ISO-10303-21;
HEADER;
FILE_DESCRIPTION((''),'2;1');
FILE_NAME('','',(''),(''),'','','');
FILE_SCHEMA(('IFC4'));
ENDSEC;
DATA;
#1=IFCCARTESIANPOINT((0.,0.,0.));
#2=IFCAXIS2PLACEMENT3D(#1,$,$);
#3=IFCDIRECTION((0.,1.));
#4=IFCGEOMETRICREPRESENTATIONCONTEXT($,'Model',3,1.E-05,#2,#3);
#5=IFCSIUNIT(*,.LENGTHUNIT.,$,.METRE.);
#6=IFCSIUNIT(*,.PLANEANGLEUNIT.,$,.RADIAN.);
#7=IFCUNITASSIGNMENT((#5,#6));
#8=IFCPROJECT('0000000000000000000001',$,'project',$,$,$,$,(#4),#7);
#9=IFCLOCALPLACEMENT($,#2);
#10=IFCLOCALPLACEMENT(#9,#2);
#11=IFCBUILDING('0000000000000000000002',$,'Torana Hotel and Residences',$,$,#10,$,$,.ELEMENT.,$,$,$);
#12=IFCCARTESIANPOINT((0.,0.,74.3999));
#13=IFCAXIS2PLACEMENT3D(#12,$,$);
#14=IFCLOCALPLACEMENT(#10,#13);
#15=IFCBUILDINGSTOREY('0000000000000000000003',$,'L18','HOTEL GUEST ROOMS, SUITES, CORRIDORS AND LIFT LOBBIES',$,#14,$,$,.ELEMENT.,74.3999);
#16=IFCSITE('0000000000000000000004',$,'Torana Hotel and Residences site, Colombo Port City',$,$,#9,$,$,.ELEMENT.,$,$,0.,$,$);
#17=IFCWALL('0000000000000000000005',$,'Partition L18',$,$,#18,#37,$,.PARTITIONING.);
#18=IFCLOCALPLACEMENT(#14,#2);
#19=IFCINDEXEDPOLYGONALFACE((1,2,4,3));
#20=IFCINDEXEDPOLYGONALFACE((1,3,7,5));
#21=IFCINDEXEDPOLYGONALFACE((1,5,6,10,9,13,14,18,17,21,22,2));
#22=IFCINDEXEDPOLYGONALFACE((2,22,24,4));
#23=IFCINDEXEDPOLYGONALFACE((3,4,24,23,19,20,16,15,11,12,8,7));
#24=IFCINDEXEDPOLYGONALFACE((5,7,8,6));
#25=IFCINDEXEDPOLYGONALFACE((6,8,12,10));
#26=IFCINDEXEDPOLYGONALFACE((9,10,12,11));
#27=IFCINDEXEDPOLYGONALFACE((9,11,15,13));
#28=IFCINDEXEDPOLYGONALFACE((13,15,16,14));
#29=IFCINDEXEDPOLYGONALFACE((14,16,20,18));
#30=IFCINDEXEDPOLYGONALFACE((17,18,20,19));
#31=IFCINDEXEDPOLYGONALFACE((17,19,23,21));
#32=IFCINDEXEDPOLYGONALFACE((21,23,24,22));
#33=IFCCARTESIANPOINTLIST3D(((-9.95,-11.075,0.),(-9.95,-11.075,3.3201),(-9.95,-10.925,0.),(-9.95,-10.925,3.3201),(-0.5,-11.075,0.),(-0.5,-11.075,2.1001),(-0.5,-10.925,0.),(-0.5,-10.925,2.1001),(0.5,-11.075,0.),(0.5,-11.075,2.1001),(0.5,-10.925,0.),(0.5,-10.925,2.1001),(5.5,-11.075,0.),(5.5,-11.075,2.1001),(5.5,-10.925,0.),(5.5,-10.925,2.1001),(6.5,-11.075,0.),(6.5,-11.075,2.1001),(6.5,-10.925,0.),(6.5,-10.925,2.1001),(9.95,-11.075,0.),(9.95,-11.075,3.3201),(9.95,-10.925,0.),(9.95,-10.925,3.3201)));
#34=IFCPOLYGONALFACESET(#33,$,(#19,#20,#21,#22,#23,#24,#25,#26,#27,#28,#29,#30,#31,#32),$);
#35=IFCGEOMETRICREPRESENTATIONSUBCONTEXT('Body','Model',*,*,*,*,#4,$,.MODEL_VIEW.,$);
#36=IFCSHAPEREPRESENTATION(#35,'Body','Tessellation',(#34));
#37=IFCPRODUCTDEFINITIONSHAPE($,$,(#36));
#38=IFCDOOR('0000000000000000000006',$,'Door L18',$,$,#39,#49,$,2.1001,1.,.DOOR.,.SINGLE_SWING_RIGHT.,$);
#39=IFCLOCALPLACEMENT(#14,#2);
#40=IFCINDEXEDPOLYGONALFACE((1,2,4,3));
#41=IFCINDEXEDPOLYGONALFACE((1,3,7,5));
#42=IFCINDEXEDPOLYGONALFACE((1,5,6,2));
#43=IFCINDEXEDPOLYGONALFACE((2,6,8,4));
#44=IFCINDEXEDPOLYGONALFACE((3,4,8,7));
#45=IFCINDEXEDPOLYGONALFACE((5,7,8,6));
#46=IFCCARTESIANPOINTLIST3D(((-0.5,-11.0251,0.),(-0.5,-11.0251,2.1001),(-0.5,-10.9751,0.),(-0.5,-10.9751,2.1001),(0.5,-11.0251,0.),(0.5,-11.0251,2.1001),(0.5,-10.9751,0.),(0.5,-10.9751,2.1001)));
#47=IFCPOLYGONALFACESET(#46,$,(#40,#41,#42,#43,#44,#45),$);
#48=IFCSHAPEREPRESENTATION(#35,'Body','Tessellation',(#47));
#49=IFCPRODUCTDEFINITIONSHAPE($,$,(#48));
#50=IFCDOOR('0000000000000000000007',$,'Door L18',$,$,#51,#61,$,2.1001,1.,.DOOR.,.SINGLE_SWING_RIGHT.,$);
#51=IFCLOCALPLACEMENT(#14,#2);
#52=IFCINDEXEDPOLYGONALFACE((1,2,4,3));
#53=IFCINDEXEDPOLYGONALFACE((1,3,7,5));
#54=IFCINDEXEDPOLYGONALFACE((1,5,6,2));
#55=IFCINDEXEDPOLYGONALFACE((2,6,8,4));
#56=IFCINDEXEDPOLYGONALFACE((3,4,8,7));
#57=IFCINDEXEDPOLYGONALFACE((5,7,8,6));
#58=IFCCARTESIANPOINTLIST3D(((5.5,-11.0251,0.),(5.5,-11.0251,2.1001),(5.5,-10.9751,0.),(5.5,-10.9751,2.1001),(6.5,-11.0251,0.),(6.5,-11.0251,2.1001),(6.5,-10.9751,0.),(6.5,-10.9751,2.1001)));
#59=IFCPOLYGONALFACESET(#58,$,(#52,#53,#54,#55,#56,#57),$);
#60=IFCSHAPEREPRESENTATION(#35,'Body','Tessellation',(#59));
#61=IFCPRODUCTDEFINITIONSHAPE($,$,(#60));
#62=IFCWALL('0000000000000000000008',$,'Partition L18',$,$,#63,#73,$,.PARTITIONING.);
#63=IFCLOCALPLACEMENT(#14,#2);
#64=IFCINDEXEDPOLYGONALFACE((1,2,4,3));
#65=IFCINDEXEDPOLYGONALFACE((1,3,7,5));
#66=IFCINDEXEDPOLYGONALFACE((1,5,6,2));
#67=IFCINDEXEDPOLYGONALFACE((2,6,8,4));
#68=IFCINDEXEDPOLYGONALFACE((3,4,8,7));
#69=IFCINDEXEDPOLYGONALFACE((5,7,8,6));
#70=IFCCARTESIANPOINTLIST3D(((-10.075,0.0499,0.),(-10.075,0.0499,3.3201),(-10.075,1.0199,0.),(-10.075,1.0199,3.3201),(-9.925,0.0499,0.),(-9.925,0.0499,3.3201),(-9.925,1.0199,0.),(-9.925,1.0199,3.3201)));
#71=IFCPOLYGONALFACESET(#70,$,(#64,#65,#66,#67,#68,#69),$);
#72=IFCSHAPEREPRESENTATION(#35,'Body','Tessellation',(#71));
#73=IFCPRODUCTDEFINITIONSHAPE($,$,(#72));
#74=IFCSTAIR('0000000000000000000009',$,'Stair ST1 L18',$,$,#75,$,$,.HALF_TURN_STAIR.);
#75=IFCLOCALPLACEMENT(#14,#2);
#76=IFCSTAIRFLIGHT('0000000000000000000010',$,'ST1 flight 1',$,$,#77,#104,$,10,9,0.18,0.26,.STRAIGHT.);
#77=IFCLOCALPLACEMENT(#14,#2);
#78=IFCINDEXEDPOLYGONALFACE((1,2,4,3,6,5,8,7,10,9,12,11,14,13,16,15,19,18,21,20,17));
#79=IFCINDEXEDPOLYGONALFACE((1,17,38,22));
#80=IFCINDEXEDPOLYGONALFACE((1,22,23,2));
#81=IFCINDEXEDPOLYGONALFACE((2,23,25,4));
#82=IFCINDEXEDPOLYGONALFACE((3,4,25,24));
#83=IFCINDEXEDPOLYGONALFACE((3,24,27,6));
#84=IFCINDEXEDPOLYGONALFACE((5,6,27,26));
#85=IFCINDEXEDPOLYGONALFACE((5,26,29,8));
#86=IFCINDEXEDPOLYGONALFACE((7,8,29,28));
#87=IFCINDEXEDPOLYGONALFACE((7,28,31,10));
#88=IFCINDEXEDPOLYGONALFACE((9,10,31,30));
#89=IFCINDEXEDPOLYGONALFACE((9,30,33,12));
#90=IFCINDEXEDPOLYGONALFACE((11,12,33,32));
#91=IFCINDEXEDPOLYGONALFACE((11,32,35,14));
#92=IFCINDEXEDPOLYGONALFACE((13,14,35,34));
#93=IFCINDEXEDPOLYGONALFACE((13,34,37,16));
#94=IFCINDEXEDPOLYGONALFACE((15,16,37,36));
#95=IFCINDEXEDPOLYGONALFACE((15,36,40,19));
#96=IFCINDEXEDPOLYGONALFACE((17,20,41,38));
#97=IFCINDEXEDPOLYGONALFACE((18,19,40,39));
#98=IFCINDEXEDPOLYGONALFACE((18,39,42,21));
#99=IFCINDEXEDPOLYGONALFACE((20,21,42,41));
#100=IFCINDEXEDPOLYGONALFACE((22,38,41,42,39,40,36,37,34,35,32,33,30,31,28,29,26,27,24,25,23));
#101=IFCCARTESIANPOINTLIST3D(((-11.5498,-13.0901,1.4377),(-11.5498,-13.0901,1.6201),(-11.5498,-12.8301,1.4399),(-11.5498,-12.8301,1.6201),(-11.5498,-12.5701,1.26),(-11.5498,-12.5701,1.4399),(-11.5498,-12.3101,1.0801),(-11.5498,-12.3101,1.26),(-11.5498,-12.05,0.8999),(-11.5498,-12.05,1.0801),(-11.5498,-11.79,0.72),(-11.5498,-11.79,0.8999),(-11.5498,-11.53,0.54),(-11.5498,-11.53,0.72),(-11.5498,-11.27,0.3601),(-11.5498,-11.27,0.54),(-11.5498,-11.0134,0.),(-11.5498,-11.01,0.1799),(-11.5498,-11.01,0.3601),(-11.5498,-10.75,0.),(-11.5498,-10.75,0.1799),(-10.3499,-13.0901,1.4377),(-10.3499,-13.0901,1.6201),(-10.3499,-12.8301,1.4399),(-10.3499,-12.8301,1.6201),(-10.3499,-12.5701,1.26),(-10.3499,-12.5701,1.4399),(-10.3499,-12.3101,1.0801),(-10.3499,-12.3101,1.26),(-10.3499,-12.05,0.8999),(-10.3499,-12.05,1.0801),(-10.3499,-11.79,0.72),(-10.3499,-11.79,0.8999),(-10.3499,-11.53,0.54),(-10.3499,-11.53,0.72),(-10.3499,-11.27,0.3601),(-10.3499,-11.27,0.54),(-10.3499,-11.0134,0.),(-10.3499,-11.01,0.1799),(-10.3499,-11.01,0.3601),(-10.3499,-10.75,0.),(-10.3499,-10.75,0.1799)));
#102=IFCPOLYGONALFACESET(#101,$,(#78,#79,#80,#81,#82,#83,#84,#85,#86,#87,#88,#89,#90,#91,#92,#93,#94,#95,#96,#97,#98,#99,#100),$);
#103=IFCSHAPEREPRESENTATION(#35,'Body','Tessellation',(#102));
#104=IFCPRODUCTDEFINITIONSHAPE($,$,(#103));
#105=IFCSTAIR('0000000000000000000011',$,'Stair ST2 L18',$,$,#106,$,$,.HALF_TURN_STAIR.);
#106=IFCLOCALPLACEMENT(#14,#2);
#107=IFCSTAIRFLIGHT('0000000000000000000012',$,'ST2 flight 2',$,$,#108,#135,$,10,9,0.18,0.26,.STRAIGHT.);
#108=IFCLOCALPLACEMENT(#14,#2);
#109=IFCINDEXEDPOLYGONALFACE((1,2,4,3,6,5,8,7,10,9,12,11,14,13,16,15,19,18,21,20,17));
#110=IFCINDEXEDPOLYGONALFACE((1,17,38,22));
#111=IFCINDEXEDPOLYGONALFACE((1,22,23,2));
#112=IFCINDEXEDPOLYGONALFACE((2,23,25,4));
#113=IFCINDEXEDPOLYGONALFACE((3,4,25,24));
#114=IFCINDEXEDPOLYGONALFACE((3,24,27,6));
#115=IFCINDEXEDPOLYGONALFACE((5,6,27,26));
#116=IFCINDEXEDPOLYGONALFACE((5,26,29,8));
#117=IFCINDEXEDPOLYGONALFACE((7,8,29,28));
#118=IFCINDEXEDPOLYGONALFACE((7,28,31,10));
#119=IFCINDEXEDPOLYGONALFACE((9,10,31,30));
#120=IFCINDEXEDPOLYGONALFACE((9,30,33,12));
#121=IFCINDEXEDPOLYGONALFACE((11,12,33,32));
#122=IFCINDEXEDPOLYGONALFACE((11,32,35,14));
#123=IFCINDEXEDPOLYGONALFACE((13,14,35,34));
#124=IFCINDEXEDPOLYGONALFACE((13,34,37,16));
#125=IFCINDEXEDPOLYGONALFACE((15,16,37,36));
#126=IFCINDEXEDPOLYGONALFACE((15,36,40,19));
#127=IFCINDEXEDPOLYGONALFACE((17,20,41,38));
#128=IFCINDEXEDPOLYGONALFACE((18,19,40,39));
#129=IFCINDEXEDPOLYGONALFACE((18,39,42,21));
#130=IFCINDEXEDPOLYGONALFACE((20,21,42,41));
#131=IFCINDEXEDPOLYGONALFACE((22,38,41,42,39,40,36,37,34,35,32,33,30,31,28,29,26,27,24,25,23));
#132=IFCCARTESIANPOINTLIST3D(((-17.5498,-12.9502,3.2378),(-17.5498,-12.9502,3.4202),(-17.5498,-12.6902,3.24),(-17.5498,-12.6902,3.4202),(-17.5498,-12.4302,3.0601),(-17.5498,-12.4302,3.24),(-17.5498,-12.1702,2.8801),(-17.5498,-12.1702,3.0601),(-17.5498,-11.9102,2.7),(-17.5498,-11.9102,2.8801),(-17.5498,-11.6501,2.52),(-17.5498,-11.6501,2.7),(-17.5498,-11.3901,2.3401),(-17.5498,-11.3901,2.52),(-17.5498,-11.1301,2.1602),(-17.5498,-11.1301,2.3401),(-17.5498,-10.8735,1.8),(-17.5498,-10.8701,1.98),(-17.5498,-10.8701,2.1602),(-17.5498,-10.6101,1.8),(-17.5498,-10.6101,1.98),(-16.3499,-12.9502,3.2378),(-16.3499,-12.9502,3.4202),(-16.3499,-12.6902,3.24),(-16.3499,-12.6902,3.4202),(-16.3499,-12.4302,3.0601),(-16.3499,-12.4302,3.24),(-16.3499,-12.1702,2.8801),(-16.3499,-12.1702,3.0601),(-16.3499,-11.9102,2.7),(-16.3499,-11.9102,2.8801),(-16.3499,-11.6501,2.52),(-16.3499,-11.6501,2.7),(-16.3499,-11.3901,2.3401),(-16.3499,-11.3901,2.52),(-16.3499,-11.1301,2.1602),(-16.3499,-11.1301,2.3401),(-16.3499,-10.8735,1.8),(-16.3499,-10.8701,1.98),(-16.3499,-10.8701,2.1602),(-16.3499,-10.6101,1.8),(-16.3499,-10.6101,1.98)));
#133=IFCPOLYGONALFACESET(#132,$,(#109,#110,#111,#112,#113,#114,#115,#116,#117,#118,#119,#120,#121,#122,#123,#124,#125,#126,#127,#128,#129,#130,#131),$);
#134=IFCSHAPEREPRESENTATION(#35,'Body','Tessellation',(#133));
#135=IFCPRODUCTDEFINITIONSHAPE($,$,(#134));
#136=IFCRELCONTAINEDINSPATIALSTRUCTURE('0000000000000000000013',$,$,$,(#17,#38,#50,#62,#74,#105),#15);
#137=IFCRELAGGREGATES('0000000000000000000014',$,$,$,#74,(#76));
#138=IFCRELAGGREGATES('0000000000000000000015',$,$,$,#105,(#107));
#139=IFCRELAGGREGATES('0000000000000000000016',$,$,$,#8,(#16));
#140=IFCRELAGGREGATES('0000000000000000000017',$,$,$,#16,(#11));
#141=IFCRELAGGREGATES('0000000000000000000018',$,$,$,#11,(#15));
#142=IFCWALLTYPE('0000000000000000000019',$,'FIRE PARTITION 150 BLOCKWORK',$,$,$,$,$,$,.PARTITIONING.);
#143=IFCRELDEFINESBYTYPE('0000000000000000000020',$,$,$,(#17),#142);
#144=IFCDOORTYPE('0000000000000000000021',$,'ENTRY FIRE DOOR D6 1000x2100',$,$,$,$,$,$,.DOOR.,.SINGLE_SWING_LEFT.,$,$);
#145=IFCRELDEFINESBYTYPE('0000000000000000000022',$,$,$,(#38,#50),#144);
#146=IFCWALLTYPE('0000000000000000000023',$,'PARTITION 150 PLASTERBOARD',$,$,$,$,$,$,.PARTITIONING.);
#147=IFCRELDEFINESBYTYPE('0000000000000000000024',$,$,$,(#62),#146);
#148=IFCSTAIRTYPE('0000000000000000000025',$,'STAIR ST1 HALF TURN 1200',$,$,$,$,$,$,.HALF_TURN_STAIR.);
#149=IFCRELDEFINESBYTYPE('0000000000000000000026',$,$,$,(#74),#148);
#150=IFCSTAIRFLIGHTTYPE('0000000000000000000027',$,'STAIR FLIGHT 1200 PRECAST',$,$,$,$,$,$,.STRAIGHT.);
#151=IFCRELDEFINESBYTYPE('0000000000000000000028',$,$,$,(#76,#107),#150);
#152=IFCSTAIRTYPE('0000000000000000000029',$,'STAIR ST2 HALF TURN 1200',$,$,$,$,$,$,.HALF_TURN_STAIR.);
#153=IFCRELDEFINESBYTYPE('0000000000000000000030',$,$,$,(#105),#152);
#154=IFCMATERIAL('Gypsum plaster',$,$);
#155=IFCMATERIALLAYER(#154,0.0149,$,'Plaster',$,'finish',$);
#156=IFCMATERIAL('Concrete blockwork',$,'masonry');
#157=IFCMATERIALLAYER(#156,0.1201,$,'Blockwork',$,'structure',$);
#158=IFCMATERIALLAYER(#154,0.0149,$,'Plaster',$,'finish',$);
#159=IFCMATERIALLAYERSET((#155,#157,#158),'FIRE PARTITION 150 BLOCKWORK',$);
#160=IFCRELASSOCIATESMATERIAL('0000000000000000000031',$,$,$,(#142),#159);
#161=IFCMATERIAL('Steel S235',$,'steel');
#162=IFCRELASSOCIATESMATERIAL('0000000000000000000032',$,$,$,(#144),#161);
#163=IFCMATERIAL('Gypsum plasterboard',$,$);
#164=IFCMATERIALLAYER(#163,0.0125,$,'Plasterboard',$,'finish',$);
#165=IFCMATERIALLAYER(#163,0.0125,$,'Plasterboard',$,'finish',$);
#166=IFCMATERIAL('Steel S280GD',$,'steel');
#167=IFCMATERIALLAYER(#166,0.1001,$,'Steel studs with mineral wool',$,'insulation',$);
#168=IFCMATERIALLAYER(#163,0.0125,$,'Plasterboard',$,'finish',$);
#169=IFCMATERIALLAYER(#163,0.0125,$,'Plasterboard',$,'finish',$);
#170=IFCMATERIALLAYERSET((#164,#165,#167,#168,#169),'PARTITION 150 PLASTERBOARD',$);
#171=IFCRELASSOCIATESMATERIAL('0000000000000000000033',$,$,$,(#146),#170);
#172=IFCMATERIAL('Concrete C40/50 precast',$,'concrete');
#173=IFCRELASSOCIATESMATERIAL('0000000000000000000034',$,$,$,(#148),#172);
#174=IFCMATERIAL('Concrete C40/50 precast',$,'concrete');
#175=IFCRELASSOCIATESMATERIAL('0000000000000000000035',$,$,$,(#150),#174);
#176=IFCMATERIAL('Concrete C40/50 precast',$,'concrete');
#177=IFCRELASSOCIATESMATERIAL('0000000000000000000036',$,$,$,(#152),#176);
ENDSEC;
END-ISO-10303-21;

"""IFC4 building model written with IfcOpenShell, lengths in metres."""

from ifc_helpers import new_model, si_unit, direction, frame, frame_2d, origin, place, context, subcontext, project, spatial, polyline, rectangle, outline, extrude, material, layer, layer_set, type_object, element, fill, aggregate, save


model = new_model("IFC4")

# Units and contexts
model_context = context("Model", 3, precision=1e-05, world=origin(), true_north=direction((0.0, 1.0)))
body_context = subcontext(model_context, "Body", "Model", "MODEL_VIEW")
ifc_project = project(units=[si_unit("LENGTHUNIT", "METRE"), si_unit("PLANEANGLEUNIT", "RADIAN")], contexts=[model_context])

# Site, building, storey
site_placement = place(None, origin())
site = spatial("IfcSite", under=ifc_project, at=site_placement, Name="Torana Hotel and Residences site, Colombo Port City", CompositionType="ELEMENT", RefElevation=0.0)
building_placement = place(site_placement, origin())
building = spatial("IfcBuilding", under=site, at=building_placement, Name="Torana Hotel and Residences", CompositionType="ELEMENT")
storey_placement = place(building_placement, frame((0.0, 0.0, 74.3999)))
storey = spatial("IfcBuildingStorey", under=building, at=storey_placement, Name="L18", Description="HOTEL GUEST ROOMS, SUITES, CORRIDORS AND LIFT LOBBIES", CompositionType="ELEMENT", Elevation=74.3999)

# Shared definitions
ifc_material_1 = material(Name="Gypsum plaster")
ifc_layer_1 = layer(ifc_material_1, 0.0149, Name="Plaster", Category="finish")
ifc_material_2 = material(Name="Concrete blockwork", Category="masonry")
ifc_layer_2 = layer(ifc_material_2, 0.1201, Name="Blockwork", Category="structure")
ifc_layer_3 = layer(ifc_material_1, 0.0149, Name="Plaster", Category="finish")
ifc_layer_set_1 = layer_set([ifc_layer_1, ifc_layer_2, ifc_layer_3], Name="FIRE PARTITION 150 BLOCKWORK")
wall_type_1 = type_object("IfcWallType", Name="FIRE PARTITION 150 BLOCKWORK", PredefinedType="PARTITIONING", material=ifc_layer_set_1)

# Wall, openings, doors
wall_1_placement = place(storey_placement, frame((-9.95, -11.0, 0.0), z_axis=(0.0, 0.0, 1.0), x_axis=(1.0, 0.0, 0.0)))
wall_1 = element("IfcWall", 1, at=wall_1_placement, inside=storey, type_object=wall_type_1, Name="Partition L18", PredefinedType="PARTITIONING", context=body_context, shape_type="SweptSolid", body=[
    extrude(rectangle(XDim=19.8999, YDim=0.1499, at=frame_2d((9.95, 0.0))), origin(), (0.0, 0.0, 1.0), 3.3201),
])
opening_1_placement = place(wall_1_placement, frame((9.45, 0.0, 0.0)))
opening_1 = element("IfcOpeningElement", 2, at=opening_1_placement, cuts=wall_1, PredefinedType="OPENING", context=body_context, shape_type="SweptSolid", body=[
    extrude(rectangle(XDim=1.0, YDim=2.1001, at=frame_2d((0.5, 1.05))), frame((0.0, 0.085, 0.0), z_axis=(0.0, -1.0, 0.0), x_axis=(1.0, 0.0, 0.0)), (0.0, 0.0, 1.0), 0.1699),
])
opening_2_placement = place(wall_1_placement, frame((15.45, 0.0, 0.0)))
opening_2 = element("IfcOpeningElement", 3, at=opening_2_placement, cuts=wall_1, PredefinedType="OPENING", context=body_context, shape_type="SweptSolid", body=[
    extrude(rectangle(XDim=1.0, YDim=2.1001, at=frame_2d((0.5, 1.05))), frame((0.0, 0.085, 0.0), z_axis=(0.0, -1.0, 0.0), x_axis=(1.0, 0.0, 0.0)), (0.0, 0.0, 1.0), 0.1699),
])
ifc_material_3 = material(Name="Steel S235", Category="steel")
door_type = type_object("IfcDoorType", Name="ENTRY FIRE DOOR D6 1000x2100", OperationType="SINGLE_SWING_LEFT", PredefinedType="DOOR", material=ifc_material_3)
door_1_placement = place(opening_1_placement, origin())
door_1 = element("IfcDoor", 4, at=door_1_placement, inside=storey, type_object=door_type, Name="Door L18", OperationType="SINGLE_SWING_RIGHT", OverallHeight=2.1001, OverallWidth=1.0, PredefinedType="DOOR", context=body_context, shape_type="SweptSolid", body=[
    extrude(rectangle(XDim=1.0, YDim=2.1001, at=frame_2d((0.5, 1.05))), frame((0.0, 0.0249, 0.0), z_axis=(0.0, -1.0, 0.0), x_axis=(1.0, 0.0, 0.0)), (0.0, 0.0, 1.0), 0.05),
])
fill(opening_1, door_1)
door_2_placement = place(opening_2_placement, origin())
door_2 = element("IfcDoor", 5, at=door_2_placement, inside=storey, type_object=door_type, Name="Door L18", OperationType="SINGLE_SWING_RIGHT", OverallHeight=2.1001, OverallWidth=1.0, PredefinedType="DOOR", context=body_context, shape_type="SweptSolid", body=[
    extrude(rectangle(XDim=1.0, YDim=2.1001, at=frame_2d((0.5, 1.05))), frame((0.0, 0.0249, 0.0), z_axis=(0.0, -1.0, 0.0), x_axis=(1.0, 0.0, 0.0)), (0.0, 0.0, 1.0), 0.05),
])
fill(opening_2, door_2)

# Wall
ifc_material_4 = material(Name="Gypsum plasterboard")
ifc_layer_4 = layer(ifc_material_4, 0.0125, Name="Plasterboard", Category="finish")
ifc_layer_5 = layer(ifc_material_4, 0.0125, Name="Plasterboard", Category="finish")
ifc_material_5 = material(Name="Steel S280GD", Category="steel")
ifc_layer_6 = layer(ifc_material_5, 0.1001, Name="Steel studs with mineral wool", Category="insulation")
ifc_layer_7 = layer(ifc_material_4, 0.0125, Name="Plasterboard", Category="finish")
ifc_layer_8 = layer(ifc_material_4, 0.0125, Name="Plasterboard", Category="finish")
ifc_layer_set_2 = layer_set([ifc_layer_4, ifc_layer_5, ifc_layer_6, ifc_layer_7, ifc_layer_8], Name="PARTITION 150 PLASTERBOARD")
wall_type_2 = type_object("IfcWallType", Name="PARTITION 150 PLASTERBOARD", PredefinedType="PARTITIONING", material=ifc_layer_set_2)
wall_2_placement = place(storey_placement, frame((-10.0, 0.05, 0.0), z_axis=(0.0, 0.0, 1.0), x_axis=(0.0, 1.0, 0.0)))
element("IfcWall", 6, at=wall_2_placement, inside=storey, type_object=wall_type_2, Name="Partition L18", PredefinedType="PARTITIONING", context=body_context, shape_type="SweptSolid", body=[
    extrude(rectangle(XDim=0.97, YDim=0.1499, at=frame_2d((0.4849, 0.0))), origin(), (0.0, 0.0, 1.0), 3.3201),
])

# Stairs, stair flights
ifc_material_6 = material(Name="Concrete C40/50 precast", Category="concrete")
stair_type_1 = type_object("IfcStairType", Name="STAIR ST1 HALF TURN 1200", PredefinedType="HALF_TURN_STAIR", material=ifc_material_6)
stair_1_placement = place(storey_placement, origin())
stair_1 = element("IfcStair", 7, at=stair_1_placement, inside=storey, type_object=stair_type_1, Name="Stair ST1 L18", PredefinedType="HALF_TURN_STAIR")
ifc_material_7 = material(Name="Concrete C40/50 precast", Category="concrete")
stair_flight_type = type_object("IfcStairFlightType", Name="STAIR FLIGHT 1200 PRECAST", PredefinedType="STRAIGHT", material=ifc_material_7)
stair_flight_1_placement = place(storey_placement, frame((-10.95, -10.75, 0.0), z_axis=(0.0, 0.0, 1.0), x_axis=(0.0, -1.0, 0.0)))
stair_flight_1 = element("IfcStairFlight", 8, at=stair_flight_1_placement, type_object=stair_flight_type, Name="ST1 flight 1", NumberOfRisers=10, NumberOfTreads=9, PredefinedType="STRAIGHT", RiserHeight=0.18, TreadLength=0.26, context=body_context, shape_type="SweptSolid", body=[
    extrude(outline(polyline([(0.0, 0.0), (0.0, 0.1799), (0.26, 0.1799), (0.26, 0.3601), (0.52, 0.3601), (0.52, 0.54), (0.78, 0.54), (0.78, 0.72), (1.04, 0.72), (1.04, 0.8999), (1.3, 0.8999), (1.3, 1.0801), (1.5601, 1.0801), (1.5601, 1.26), (1.8201, 1.26), (1.8201, 1.4399), (2.0801, 1.4399), (2.0801, 1.6201), (2.3401, 1.6201), (2.3401, 1.8), (2.3401, 1.4377), (0.2634, 0.0), (0.0, 0.0)])), frame((0.0, 0.6001, 0.0), z_axis=(0.0, -1.0, 0.0), x_axis=(1.0, 0.0, 0.0)), (0.0, 0.0, 1.0), 1.2),
])
aggregate(stair_1, [stair_flight_1])
ifc_material_8 = material(Name="Concrete C40/50 precast", Category="concrete")
stair_type_2 = type_object("IfcStairType", Name="STAIR ST2 HALF TURN 1200", PredefinedType="HALF_TURN_STAIR", material=ifc_material_8)
stair_2_placement = place(storey_placement, origin())
stair_2 = element("IfcStair", 9, at=stair_2_placement, inside=storey, type_object=stair_type_2, Name="Stair ST2 L18", PredefinedType="HALF_TURN_STAIR")
stair_flight_2_placement = place(storey_placement, frame((-16.95, -10.6101, 1.8), z_axis=(0.0, 0.0, 1.0), x_axis=(0.0, -1.0, 0.0)))
stair_flight_2 = element("IfcStairFlight", 10, at=stair_flight_2_placement, type_object=stair_flight_type, Name="ST2 flight 2", NumberOfRisers=10, NumberOfTreads=9, PredefinedType="STRAIGHT", RiserHeight=0.18, TreadLength=0.26, context=body_context, shape_type="SweptSolid", body=[
    extrude(outline(polyline([(0.0, 0.0), (0.0, 0.1799), (0.26, 0.1799), (0.26, 0.3601), (0.52, 0.3601), (0.52, 0.54), (0.78, 0.54), (0.78, 0.72), (1.04, 0.72), (1.04, 0.8999), (1.3, 0.8999), (1.3, 1.0801), (1.5601, 1.0801), (1.5601, 1.26), (1.8201, 1.26), (1.8201, 1.4399), (2.0801, 1.4399), (2.0801, 1.6201), (2.3401, 1.6201), (2.3401, 1.8), (2.3401, 1.4377), (0.2634, 0.0), (0.0, 0.0)])), frame((0.0, 0.6001, 0.0), z_axis=(0.0, -1.0, 0.0), x_axis=(1.0, 0.0, 0.0)), (0.0, 0.0, 1.0), 1.2),
])
aggregate(stair_2, [stair_flight_2])

save(model, "model.ifc")
